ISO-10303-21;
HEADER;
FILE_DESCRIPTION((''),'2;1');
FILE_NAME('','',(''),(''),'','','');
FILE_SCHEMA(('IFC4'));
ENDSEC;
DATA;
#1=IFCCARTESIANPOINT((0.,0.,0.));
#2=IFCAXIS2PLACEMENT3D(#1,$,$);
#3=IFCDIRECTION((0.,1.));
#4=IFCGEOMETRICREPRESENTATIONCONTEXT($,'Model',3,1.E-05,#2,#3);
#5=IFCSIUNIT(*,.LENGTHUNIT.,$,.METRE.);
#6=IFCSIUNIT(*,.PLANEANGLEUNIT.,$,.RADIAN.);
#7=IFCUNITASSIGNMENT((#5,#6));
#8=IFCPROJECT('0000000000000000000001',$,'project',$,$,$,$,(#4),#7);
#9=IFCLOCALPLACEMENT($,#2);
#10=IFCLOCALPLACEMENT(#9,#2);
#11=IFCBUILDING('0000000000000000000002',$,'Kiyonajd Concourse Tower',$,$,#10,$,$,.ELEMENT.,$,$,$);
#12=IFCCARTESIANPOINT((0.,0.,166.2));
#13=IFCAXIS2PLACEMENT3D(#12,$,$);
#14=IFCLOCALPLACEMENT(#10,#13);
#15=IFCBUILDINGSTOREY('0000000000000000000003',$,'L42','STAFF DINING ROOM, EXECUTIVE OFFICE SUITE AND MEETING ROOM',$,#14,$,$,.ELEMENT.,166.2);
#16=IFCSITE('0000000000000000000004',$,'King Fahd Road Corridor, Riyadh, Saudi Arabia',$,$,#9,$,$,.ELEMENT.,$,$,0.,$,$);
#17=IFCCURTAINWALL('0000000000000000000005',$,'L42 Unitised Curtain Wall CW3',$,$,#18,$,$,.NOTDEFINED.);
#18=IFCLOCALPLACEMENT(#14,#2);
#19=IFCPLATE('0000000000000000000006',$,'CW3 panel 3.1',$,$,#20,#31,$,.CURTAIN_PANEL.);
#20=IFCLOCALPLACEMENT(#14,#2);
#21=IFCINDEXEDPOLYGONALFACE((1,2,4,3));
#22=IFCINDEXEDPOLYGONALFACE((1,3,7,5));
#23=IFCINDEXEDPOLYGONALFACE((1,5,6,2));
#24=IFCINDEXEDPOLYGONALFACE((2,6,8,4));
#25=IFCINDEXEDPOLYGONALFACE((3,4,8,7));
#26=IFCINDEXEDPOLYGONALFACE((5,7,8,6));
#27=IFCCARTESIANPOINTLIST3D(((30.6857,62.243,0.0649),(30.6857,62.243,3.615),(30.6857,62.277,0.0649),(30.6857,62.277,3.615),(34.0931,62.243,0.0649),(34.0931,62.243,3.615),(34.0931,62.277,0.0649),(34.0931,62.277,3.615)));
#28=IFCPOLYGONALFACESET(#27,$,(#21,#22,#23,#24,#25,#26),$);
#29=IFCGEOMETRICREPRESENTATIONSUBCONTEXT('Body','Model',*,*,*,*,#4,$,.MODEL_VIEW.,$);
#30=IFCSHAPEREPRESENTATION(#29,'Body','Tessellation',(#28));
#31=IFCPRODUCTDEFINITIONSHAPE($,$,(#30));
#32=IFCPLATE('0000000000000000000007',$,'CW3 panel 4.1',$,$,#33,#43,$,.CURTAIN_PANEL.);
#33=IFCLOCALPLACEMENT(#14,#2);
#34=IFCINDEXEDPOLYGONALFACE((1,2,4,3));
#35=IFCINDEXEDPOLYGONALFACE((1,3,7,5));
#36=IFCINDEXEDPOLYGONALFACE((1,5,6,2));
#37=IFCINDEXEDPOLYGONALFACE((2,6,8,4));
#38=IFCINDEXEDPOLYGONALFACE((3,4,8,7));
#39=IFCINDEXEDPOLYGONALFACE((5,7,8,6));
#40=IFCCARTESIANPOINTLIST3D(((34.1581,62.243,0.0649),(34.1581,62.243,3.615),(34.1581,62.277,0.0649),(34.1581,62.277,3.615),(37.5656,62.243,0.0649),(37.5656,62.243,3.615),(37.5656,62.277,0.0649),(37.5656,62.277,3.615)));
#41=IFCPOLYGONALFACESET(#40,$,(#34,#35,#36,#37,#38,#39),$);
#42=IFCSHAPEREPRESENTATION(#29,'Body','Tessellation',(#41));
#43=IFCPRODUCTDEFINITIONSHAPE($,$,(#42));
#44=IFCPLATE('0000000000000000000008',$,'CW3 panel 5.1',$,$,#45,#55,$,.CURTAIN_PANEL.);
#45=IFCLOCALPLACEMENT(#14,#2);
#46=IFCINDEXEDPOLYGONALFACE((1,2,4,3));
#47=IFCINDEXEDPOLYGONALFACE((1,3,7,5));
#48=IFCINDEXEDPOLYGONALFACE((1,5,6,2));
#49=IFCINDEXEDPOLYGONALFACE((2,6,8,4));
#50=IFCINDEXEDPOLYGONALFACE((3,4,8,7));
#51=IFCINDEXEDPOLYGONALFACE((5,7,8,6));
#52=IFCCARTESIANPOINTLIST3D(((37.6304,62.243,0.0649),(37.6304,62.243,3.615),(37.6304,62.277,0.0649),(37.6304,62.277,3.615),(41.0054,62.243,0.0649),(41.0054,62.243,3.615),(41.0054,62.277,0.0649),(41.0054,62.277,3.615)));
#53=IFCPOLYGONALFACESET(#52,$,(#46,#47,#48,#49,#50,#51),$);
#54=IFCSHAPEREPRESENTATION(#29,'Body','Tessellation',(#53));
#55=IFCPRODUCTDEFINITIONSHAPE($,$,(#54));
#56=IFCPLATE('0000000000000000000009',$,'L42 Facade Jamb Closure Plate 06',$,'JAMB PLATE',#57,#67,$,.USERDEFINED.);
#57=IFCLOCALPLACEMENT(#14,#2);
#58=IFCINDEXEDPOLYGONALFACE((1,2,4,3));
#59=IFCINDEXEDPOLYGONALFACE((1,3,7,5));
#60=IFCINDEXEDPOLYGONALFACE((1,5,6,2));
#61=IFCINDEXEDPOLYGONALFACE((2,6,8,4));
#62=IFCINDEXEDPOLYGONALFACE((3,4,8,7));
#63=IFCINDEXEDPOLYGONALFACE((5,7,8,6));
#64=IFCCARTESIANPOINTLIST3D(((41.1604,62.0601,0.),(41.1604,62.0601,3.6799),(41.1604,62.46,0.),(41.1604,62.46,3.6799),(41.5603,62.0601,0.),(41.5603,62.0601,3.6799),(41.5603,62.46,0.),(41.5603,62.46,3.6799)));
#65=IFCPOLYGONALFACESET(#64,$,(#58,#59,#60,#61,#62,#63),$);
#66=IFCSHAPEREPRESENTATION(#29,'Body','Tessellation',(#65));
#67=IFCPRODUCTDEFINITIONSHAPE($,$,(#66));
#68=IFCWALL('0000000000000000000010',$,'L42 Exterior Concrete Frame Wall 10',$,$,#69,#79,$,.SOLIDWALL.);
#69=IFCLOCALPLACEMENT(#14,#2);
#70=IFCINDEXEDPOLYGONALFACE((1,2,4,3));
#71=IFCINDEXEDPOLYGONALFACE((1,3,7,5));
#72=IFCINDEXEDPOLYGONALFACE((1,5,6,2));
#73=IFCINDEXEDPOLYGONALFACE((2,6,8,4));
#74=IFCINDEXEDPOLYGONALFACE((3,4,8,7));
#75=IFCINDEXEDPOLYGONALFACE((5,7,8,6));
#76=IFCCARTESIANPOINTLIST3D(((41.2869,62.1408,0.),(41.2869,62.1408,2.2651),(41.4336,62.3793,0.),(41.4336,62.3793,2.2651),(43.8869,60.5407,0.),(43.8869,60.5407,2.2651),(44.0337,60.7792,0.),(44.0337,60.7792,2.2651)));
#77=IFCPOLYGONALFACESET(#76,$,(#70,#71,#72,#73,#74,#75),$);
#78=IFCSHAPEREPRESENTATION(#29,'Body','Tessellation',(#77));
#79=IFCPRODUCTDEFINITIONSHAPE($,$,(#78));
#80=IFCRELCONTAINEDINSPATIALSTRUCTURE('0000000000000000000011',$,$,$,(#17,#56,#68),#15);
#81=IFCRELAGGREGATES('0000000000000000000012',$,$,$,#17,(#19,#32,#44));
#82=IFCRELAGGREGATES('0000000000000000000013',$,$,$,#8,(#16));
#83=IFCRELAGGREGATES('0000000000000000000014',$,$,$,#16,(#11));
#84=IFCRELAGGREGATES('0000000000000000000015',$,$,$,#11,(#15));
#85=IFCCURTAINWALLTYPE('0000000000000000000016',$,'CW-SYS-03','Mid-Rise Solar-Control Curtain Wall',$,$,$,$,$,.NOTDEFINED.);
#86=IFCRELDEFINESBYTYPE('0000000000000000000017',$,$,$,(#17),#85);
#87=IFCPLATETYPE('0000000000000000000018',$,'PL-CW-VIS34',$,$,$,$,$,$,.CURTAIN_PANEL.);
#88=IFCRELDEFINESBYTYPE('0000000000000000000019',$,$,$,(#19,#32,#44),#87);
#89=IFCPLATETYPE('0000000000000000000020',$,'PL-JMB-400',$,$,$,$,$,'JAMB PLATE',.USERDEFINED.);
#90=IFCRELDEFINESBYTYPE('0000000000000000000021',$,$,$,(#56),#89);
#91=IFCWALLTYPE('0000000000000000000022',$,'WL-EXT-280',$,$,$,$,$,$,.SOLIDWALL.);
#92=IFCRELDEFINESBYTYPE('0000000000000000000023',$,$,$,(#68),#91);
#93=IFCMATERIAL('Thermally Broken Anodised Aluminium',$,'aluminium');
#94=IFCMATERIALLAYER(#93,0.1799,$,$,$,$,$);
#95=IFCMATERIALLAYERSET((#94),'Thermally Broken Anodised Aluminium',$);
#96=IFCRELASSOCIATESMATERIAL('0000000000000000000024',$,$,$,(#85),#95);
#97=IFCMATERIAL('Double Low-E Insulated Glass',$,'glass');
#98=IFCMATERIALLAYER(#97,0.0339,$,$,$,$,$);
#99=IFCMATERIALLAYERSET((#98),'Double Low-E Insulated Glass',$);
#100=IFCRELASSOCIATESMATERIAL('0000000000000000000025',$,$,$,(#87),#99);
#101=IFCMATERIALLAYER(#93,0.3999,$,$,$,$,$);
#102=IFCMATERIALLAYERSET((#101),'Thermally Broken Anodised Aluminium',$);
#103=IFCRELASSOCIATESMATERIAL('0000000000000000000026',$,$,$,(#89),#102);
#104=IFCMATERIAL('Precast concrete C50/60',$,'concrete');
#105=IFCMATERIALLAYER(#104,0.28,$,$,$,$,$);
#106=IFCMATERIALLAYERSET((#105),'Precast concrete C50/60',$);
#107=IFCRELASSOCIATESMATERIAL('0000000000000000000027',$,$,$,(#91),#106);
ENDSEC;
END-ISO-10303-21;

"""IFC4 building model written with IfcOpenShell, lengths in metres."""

from ifc_helpers import new_model, si_unit, direction, frame, frame_2d, origin, origin_2d, place, context, subcontext, project, spatial, rectangle, extrude, material, layer, layer_set, type_object, element, aggregate, save


model = new_model("IFC4")

# Units and contexts
model_context = context("Model", 3, precision=1e-05, world=origin(), true_north=direction((0.0, 1.0)))
body_context = subcontext(model_context, "Body", "Model", "MODEL_VIEW")
ifc_project = project(units=[si_unit("LENGTHUNIT", "METRE"), si_unit("PLANEANGLEUNIT", "RADIAN")], contexts=[model_context])

# Site, building, storey
site_placement = place(None, origin())
site = spatial("IfcSite", under=ifc_project, at=site_placement, Name="King Fahd Road Corridor, Riyadh, Saudi Arabia", CompositionType="ELEMENT", RefElevation=0.0)
building_placement = place(site_placement, origin())
building = spatial("IfcBuilding", under=site, at=building_placement, Name="Kiyonajd Concourse Tower", CompositionType="ELEMENT")
storey_placement = place(building_placement, frame((0.0, 0.0, 166.2)))
storey = spatial("IfcBuildingStorey", under=building, at=storey_placement, Name="L42", Description="STAFF DINING ROOM, EXECUTIVE OFFICE SUITE AND MEETING ROOM", CompositionType="ELEMENT", Elevation=166.2)

# Curtain wall
ifc_material_1 = material(Name="Thermally Broken Anodised Aluminium", Category="aluminium")
ifc_layer_1 = layer(ifc_material_1, 0.1799)
ifc_layer_set_1 = layer_set([ifc_layer_1], Name="Thermally Broken Anodised Aluminium")
curtain_wall_type = type_object("IfcCurtainWallType", Name="CW-SYS-03", Description="Mid-Rise Solar-Control Curtain Wall", PredefinedType="NOTDEFINED", material=ifc_layer_set_1)
curtain_wall_placement = place(storey_placement, origin())
curtain_wall = element("IfcCurtainWall", 1, at=curtain_wall_placement, inside=storey, type_object=curtain_wall_type, Name="L42 Unitised Curtain Wall CW3", PredefinedType="NOTDEFINED")

# Plates
ifc_material_2 = material(Name="Double Low-E Insulated Glass", Category="glass")
ifc_layer_2 = layer(ifc_material_2, 0.0339)
ifc_layer_set_2 = layer_set([ifc_layer_2], Name="Double Low-E Insulated Glass")
plate_type_1 = type_object("IfcPlateType", Name="PL-CW-VIS34", PredefinedType="CURTAIN_PANEL", material=ifc_layer_set_2)
plate_1_placement = place(storey_placement, frame((32.3894, 62.26, 0.0649), z_axis=(0.0, 0.0, 1.0), x_axis=(1.0, 0.0, 0.0)))
plate_1 = element("IfcPlate", 2, at=plate_1_placement, type_object=plate_type_1, Name="CW3 panel 3.1", PredefinedType="CURTAIN_PANEL", context=body_context, shape_type="SweptSolid", body=[
    extrude(rectangle(XDim=3.4075, YDim=0.0339, at=origin_2d()), origin(), (0.0, 0.0, 1.0), 3.55),
])
plate_2_placement = place(storey_placement, frame((35.8618, 62.26, 0.0649), z_axis=(0.0, 0.0, 1.0), x_axis=(1.0, 0.0, 0.0)))
plate_2 = element("IfcPlate", 3, at=plate_2_placement, type_object=plate_type_1, Name="CW3 panel 4.1", PredefinedType="CURTAIN_PANEL", context=body_context, shape_type="SweptSolid", body=[
    extrude(rectangle(XDim=3.4075, YDim=0.0339, at=origin_2d()), origin(), (0.0, 0.0, 1.0), 3.55),
])
plate_3_placement = place(storey_placement, frame((39.3179, 62.26, 0.0649), z_axis=(0.0, 0.0, 1.0), x_axis=(1.0, 0.0, 0.0)))
plate_3 = element("IfcPlate", 4, at=plate_3_placement, type_object=plate_type_1, Name="CW3 panel 5.1", PredefinedType="CURTAIN_PANEL", context=body_context, shape_type="SweptSolid", body=[
    extrude(rectangle(XDim=3.375, YDim=0.0339, at=origin_2d()), origin(), (0.0, 0.0, 1.0), 3.55),
])
aggregate(curtain_wall, [plate_1, plate_2, plate_3])
ifc_layer_3 = layer(ifc_material_1, 0.3999)
ifc_layer_set_3 = layer_set([ifc_layer_3], Name="Thermally Broken Anodised Aluminium")
plate_type_2 = type_object("IfcPlateType", Name="PL-JMB-400", ElementType="JAMB PLATE", PredefinedType="USERDEFINED", material=ifc_layer_set_3)
plate_4_placement = place(storey_placement, frame((41.3604, 62.26, 0.0), z_axis=(0.0, 0.0, 1.0), x_axis=(1.0, 0.0, 0.0)))
element("IfcPlate", 5, at=plate_4_placement, inside=storey, type_object=plate_type_2, Name="L42 Facade Jamb Closure Plate 06", ObjectType="JAMB PLATE", PredefinedType="USERDEFINED", context=body_context, shape_type="SweptSolid", body=[
    extrude(rectangle(XDim=0.3999, YDim=0.3999, at=origin_2d()), origin(), (0.0, 0.0, 1.0), 3.6799),
])

# Wall
ifc_material_3 = material(Name="Precast concrete C50/60", Category="concrete")
ifc_layer_4 = layer(ifc_material_3, 0.28)
ifc_layer_set_4 = layer_set([ifc_layer_4], Name="Precast concrete C50/60")
wall_type = type_object("IfcWallType", Name="WL-EXT-280", PredefinedType="SOLIDWALL", material=ifc_layer_set_4)
wall_placement = place(storey_placement, frame((41.3604, 62.26, 0.0), z_axis=(0.0, 0.0, 1.0), x_axis=(0.851653, -0.524106, 0.0)))
element("IfcWall", 6, at=wall_placement, inside=storey, type_object=wall_type, Name="L42 Exterior Concrete Frame Wall 10", PredefinedType="SOLIDWALL", context=body_context, shape_type="SweptSolid", body=[
    extrude(rectangle(XDim=3.053, YDim=0.28, at=frame_2d((1.5264, 0.0))), origin(), (0.0, 0.0, 1.0), 2.2651),
])

save(model, "model.ifc")
